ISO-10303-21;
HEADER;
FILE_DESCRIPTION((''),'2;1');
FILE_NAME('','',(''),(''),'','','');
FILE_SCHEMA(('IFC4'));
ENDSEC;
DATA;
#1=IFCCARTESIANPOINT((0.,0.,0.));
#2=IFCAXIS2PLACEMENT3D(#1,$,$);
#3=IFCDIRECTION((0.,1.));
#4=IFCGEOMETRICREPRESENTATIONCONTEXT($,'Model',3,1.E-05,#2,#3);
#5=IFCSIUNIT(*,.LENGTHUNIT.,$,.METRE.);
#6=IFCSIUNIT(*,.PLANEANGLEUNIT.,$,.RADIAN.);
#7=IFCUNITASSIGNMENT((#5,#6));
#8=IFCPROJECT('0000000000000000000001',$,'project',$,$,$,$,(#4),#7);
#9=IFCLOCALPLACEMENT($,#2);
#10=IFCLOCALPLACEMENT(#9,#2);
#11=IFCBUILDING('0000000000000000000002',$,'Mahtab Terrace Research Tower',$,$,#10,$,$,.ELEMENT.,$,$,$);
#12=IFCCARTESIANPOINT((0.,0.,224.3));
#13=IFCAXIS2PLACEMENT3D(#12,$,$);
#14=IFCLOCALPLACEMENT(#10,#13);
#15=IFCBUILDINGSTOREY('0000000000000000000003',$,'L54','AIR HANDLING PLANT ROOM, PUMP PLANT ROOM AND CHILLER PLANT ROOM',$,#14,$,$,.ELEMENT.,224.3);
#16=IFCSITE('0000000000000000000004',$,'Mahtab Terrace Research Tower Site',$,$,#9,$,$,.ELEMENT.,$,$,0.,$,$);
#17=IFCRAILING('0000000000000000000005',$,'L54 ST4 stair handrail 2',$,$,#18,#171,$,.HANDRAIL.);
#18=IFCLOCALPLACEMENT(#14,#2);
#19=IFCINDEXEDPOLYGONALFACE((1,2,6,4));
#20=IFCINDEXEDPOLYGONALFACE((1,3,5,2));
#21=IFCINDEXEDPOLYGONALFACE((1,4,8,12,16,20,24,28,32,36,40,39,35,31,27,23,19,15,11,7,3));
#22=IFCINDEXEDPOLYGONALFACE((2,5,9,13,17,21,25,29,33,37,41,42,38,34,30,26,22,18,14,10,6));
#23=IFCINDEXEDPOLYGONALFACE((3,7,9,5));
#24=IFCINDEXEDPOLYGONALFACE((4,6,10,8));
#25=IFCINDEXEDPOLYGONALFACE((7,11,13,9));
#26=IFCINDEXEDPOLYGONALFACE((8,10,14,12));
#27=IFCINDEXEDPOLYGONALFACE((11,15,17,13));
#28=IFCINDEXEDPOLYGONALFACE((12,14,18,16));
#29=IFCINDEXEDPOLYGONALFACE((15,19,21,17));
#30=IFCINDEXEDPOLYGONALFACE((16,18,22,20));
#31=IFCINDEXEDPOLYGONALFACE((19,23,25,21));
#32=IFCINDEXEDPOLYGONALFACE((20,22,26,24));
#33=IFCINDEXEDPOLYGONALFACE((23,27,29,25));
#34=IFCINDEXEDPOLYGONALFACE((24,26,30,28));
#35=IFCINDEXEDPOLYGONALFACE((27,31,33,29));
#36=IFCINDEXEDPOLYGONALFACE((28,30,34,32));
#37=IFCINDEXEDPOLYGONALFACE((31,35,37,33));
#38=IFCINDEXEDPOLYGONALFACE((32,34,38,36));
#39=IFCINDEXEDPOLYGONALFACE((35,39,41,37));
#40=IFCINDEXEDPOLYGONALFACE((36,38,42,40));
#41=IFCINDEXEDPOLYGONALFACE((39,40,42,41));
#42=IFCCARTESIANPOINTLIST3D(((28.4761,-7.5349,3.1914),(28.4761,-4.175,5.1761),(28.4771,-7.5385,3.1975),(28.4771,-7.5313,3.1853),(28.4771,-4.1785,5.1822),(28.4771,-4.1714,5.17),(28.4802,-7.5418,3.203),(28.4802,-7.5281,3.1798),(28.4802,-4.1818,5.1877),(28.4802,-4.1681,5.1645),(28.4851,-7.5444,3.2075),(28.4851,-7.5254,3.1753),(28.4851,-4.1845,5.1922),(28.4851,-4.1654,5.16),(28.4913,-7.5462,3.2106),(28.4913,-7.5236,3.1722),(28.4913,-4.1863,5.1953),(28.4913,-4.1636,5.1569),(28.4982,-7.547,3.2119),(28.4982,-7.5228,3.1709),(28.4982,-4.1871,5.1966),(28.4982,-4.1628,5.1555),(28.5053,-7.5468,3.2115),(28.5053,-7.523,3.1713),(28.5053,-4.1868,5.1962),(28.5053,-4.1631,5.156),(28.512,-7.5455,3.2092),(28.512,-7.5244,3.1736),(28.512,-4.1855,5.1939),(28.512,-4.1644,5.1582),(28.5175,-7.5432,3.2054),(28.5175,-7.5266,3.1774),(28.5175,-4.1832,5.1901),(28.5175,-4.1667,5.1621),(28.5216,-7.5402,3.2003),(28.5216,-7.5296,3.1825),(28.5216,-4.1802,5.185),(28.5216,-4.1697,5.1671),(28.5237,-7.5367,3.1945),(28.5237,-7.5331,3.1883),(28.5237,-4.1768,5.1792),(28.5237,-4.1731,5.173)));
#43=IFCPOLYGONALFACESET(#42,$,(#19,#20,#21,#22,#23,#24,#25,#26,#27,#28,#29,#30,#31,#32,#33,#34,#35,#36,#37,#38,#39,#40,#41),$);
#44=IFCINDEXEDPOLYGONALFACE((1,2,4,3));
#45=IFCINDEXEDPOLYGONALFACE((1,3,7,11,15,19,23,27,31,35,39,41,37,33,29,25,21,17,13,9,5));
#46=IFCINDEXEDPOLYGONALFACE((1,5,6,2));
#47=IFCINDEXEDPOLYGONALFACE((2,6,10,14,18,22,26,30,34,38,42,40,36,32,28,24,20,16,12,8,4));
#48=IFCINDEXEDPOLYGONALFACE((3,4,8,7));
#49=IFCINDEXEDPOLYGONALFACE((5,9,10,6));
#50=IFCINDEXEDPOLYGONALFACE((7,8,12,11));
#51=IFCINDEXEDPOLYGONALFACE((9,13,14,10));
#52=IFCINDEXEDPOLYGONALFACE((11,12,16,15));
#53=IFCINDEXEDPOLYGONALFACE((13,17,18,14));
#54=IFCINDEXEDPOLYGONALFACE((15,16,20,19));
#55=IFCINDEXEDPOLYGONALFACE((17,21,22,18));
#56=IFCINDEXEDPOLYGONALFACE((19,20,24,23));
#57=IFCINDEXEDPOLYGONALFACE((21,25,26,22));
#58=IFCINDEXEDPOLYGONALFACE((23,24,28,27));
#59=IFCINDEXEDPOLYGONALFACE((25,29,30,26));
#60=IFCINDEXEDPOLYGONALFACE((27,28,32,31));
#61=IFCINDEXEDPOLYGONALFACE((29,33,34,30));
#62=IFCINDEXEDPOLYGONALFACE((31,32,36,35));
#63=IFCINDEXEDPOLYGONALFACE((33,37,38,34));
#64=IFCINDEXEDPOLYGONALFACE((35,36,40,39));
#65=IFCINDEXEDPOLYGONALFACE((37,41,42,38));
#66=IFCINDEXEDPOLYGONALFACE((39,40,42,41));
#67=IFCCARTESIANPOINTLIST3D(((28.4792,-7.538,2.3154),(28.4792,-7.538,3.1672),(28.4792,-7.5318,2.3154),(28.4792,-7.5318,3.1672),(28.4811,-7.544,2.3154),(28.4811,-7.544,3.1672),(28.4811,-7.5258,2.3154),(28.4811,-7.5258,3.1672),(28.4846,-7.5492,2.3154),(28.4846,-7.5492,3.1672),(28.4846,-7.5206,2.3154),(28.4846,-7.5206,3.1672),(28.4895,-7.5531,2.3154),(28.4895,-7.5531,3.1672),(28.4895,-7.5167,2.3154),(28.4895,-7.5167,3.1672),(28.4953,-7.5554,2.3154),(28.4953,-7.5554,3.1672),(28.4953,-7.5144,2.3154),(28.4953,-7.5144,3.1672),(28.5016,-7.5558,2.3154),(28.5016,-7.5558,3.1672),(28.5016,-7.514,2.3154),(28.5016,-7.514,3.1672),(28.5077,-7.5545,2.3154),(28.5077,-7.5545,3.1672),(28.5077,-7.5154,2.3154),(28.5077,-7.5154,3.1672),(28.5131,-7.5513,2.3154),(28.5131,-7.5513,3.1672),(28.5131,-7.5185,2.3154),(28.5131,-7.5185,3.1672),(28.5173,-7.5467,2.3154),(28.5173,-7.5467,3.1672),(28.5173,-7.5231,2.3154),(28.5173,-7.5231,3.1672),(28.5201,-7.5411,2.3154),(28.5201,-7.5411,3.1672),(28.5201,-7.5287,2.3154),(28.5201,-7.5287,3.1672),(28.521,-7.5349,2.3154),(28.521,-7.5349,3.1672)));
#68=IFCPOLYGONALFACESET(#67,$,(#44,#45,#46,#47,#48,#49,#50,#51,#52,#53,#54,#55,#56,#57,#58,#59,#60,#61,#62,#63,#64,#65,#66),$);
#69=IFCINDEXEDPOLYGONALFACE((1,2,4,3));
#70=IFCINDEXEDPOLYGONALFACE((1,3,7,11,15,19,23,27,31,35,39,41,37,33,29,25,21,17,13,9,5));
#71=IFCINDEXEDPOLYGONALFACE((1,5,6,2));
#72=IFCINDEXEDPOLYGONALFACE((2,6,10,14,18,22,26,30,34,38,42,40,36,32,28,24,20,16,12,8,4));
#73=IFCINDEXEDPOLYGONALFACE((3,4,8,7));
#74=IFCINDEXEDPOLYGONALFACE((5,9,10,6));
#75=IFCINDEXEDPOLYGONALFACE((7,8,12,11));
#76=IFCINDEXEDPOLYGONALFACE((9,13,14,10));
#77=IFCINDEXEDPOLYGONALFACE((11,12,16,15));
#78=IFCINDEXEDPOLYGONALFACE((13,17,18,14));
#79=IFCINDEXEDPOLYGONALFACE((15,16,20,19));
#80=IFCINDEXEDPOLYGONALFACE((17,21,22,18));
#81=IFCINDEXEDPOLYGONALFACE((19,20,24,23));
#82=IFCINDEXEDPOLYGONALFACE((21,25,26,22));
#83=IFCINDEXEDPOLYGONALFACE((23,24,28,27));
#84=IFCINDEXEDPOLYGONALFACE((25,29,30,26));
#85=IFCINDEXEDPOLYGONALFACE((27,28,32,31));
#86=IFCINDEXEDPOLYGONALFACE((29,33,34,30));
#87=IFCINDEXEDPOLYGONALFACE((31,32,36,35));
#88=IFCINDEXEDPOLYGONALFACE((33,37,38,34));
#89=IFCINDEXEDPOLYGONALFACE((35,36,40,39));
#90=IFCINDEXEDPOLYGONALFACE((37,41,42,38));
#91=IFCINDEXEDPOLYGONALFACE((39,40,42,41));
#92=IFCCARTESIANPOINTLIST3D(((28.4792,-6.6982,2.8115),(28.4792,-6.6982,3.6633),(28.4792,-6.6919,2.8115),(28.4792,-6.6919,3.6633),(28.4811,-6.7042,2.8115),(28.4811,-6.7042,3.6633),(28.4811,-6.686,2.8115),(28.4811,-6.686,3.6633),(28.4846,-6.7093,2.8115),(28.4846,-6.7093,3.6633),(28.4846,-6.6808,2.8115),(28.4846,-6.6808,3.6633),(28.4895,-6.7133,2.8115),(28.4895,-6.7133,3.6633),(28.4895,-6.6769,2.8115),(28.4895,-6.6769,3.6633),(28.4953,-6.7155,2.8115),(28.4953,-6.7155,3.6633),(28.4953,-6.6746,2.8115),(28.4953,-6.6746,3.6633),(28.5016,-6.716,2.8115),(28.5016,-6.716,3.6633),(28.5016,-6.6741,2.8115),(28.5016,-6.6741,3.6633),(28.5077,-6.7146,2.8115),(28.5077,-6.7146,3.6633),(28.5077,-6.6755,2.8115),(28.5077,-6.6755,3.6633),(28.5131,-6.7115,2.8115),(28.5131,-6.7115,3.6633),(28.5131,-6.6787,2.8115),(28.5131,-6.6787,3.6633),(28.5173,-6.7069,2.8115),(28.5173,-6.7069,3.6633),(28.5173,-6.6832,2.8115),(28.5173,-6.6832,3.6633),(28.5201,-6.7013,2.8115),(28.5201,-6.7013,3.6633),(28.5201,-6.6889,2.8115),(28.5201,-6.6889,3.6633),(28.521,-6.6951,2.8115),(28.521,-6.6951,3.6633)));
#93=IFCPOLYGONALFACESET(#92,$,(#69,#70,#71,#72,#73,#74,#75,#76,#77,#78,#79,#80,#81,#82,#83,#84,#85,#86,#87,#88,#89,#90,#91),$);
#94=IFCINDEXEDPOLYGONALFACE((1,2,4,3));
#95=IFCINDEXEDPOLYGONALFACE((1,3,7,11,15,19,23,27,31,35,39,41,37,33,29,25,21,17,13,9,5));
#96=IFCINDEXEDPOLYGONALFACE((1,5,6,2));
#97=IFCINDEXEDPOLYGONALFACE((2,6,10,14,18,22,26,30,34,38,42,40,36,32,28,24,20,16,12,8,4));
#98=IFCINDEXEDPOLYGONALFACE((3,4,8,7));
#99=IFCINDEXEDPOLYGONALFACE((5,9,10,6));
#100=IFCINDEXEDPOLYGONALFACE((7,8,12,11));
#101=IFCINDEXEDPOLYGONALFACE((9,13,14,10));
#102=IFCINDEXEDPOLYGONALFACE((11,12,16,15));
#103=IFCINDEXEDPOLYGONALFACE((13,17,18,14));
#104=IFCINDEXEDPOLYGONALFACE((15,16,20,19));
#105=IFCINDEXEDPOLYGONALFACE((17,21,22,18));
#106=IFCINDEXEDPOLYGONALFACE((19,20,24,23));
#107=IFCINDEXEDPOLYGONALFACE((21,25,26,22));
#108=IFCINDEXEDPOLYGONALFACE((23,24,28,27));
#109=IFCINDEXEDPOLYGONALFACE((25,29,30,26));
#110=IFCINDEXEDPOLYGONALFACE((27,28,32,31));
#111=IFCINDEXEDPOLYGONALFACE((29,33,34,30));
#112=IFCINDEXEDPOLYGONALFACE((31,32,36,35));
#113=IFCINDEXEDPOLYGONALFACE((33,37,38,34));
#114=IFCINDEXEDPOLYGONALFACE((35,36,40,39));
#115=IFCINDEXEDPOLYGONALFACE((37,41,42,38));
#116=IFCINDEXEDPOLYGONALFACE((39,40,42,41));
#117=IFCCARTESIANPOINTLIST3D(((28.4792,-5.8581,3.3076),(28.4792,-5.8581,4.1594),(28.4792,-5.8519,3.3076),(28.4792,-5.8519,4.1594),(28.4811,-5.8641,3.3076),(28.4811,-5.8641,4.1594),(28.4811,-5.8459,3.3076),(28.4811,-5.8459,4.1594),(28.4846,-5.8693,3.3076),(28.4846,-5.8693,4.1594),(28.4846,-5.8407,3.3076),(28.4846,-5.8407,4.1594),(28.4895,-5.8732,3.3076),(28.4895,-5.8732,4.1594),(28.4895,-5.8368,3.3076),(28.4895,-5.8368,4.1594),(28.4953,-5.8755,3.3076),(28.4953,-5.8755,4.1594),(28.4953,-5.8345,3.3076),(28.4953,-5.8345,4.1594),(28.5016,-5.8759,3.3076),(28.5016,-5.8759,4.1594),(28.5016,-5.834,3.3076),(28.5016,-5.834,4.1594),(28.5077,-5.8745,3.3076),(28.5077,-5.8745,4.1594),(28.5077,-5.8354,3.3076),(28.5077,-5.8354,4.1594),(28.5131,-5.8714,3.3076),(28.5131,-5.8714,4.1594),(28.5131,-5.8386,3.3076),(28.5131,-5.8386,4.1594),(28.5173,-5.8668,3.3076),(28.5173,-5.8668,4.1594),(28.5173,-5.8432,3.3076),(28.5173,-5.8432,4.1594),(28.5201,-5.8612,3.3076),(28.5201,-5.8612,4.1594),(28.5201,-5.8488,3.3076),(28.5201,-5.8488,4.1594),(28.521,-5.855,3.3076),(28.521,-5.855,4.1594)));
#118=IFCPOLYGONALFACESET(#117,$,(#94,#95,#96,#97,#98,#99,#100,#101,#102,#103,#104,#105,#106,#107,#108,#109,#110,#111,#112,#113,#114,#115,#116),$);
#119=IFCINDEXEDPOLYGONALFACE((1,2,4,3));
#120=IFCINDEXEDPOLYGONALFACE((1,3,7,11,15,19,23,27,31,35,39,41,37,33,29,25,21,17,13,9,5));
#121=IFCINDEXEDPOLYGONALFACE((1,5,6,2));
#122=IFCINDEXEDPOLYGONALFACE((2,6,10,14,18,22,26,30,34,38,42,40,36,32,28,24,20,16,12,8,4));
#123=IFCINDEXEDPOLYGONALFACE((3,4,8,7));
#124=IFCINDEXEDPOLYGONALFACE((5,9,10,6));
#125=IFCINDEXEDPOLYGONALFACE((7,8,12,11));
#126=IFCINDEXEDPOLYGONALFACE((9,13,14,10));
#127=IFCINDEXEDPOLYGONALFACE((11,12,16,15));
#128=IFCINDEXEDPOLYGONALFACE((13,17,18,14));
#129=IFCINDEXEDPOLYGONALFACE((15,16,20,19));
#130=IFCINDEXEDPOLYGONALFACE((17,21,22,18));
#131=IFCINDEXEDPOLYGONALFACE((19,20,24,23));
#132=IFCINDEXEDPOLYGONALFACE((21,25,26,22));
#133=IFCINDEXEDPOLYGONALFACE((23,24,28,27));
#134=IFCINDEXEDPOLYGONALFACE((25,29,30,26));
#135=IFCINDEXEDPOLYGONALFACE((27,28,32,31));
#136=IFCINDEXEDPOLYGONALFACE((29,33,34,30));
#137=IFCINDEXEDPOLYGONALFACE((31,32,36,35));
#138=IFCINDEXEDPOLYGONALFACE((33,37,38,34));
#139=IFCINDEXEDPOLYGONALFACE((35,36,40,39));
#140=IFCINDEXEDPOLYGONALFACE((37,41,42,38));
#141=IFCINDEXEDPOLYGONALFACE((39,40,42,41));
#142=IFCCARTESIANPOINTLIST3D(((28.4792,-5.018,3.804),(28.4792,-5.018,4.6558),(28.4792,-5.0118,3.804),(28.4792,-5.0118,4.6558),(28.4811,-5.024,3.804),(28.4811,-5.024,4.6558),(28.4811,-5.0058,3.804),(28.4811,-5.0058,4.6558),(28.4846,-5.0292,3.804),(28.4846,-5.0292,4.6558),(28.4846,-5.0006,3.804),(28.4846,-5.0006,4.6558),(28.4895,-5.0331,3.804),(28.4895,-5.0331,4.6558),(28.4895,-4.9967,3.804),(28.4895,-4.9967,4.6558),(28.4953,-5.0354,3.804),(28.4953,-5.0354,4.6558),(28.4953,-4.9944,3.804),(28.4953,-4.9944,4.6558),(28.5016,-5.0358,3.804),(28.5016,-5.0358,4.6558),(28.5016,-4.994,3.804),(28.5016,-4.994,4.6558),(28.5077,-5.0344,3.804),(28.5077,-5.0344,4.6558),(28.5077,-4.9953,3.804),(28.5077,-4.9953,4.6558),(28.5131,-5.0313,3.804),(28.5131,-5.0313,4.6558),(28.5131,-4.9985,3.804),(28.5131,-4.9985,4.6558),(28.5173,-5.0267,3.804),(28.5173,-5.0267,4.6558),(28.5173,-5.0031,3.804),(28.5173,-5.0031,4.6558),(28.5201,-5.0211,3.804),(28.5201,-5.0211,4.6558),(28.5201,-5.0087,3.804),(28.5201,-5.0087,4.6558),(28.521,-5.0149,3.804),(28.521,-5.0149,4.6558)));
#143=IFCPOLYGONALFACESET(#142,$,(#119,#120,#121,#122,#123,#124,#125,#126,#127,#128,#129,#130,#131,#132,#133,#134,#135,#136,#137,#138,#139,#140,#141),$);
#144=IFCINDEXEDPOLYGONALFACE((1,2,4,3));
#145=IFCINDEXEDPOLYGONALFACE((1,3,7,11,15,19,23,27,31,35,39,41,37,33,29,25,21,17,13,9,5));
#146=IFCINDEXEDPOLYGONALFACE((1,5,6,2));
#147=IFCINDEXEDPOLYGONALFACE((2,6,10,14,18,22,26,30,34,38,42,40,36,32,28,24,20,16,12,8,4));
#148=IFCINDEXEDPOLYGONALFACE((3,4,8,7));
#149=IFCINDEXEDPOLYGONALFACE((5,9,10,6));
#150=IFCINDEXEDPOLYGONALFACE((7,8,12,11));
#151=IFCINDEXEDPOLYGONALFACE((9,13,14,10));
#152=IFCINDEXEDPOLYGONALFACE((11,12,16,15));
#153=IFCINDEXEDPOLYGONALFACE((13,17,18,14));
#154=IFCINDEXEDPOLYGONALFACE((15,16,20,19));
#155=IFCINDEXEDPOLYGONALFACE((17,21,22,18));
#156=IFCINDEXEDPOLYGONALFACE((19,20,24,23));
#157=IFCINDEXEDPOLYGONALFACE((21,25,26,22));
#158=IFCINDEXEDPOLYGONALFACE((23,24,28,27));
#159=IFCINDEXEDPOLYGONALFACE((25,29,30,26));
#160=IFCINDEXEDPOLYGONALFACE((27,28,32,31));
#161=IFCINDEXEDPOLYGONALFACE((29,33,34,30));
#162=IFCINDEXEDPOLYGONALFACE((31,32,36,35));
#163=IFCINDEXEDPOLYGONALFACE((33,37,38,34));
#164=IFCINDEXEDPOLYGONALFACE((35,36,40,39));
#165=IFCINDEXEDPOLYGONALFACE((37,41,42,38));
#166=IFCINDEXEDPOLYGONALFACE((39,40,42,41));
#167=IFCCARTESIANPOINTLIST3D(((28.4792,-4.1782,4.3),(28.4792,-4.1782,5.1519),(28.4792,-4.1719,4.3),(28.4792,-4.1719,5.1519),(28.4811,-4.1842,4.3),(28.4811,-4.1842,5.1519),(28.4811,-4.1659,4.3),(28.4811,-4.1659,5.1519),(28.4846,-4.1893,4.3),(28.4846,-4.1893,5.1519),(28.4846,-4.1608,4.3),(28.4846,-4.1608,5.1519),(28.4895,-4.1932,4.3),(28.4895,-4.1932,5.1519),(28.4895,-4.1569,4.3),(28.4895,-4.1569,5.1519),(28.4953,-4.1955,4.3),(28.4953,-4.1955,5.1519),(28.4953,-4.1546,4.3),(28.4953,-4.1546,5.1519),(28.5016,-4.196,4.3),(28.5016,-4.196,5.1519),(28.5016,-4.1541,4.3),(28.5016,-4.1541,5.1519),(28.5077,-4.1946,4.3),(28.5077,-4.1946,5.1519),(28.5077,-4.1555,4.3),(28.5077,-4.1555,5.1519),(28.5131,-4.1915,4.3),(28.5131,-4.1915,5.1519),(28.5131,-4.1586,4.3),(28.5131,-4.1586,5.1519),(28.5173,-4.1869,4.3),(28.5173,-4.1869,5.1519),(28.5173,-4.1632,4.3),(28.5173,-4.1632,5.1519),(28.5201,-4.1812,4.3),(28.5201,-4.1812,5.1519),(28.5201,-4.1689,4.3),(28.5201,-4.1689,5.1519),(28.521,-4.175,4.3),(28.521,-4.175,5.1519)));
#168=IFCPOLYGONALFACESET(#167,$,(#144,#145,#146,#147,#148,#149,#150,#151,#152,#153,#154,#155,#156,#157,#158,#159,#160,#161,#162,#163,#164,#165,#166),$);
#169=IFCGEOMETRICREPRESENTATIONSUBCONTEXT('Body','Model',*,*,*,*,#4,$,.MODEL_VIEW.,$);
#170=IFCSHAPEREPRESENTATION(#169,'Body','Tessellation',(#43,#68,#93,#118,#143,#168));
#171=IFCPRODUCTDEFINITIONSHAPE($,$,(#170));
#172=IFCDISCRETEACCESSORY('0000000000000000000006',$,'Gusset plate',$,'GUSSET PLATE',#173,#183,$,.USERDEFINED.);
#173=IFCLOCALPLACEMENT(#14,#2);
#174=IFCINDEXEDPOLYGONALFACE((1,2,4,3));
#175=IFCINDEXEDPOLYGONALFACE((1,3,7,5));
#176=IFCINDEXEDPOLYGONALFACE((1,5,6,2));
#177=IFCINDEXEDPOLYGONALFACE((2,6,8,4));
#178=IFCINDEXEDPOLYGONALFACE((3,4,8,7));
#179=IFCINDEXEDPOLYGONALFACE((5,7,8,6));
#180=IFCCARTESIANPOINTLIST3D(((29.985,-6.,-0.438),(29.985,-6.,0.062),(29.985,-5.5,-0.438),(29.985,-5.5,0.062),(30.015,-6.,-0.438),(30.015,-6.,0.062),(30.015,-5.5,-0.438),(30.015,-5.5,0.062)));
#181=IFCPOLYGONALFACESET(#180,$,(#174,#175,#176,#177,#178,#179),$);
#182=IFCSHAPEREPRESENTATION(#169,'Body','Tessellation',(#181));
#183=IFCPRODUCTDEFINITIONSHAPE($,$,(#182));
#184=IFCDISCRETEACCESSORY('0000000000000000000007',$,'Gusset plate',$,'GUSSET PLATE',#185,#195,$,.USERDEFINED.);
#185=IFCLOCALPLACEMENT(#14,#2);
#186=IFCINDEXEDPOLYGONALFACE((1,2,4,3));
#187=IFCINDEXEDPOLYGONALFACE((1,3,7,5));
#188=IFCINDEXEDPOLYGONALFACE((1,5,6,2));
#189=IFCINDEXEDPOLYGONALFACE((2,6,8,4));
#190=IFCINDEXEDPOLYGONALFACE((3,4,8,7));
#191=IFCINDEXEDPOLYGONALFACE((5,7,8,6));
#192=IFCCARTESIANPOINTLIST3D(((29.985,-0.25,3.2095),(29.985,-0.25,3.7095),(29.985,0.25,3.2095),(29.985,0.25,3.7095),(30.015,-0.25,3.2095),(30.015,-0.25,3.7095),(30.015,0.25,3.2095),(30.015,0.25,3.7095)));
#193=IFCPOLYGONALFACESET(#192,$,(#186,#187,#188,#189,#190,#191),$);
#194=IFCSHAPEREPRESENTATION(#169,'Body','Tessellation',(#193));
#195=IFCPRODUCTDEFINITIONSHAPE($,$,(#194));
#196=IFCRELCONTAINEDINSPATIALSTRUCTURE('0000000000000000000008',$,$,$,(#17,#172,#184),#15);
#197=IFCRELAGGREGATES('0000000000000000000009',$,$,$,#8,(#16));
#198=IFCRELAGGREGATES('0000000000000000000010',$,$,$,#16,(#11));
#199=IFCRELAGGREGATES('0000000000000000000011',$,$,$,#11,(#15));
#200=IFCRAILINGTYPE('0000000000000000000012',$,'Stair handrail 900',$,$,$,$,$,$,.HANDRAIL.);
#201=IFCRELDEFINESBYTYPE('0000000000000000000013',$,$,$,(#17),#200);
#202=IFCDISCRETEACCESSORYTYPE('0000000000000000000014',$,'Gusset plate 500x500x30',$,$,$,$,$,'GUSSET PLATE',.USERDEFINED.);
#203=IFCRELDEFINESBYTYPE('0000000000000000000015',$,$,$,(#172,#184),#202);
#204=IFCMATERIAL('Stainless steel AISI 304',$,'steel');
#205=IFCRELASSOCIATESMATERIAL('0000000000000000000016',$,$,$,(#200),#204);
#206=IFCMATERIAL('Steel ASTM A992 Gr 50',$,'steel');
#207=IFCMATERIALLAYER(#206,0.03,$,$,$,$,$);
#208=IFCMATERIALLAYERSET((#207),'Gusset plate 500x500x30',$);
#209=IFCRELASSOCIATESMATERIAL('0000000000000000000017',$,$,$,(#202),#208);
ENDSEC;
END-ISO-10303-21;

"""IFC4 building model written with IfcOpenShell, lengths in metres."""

from ifc_helpers import new_model, si_unit, direction, frame, origin, origin_2d, place, context, subcontext, project, spatial, rectangle, circle, extrude, material, layer, layer_set, type_object, element, save


model = new_model("IFC4")

# Units and contexts
model_context = context("Model", 3, precision=1e-05, world=origin(), true_north=direction((0.0, 1.0)))
body_context = subcontext(model_context, "Body", "Model", "MODEL_VIEW")
ifc_project = project(units=[si_unit("LENGTHUNIT", "METRE"), si_unit("PLANEANGLEUNIT", "RADIAN")], contexts=[model_context])

# Site, building, storey
site_placement = place(None, origin())
site = spatial("IfcSite", under=ifc_project, at=site_placement, Name="Mahtab Terrace Research Tower Site", CompositionType="ELEMENT", RefElevation=0.0)
building_placement = place(site_placement, origin())
building = spatial("IfcBuilding", under=site, at=building_placement, Name="Mahtab Terrace Research Tower", CompositionType="ELEMENT")
storey_placement = place(building_placement, frame((0.0, 0.0, 224.3)))
storey = spatial("IfcBuildingStorey", under=building, at=storey_placement, Name="L54", Description="AIR HANDLING PLANT ROOM, PUMP PLANT ROOM AND CHILLER PLANT ROOM", CompositionType="ELEMENT", Elevation=224.3)

# Shared definitions
ifc_material_1 = material(Name="Steel ASTM A992 Gr 50", Category="steel")

# Railing
ifc_material_2 = material(Name="Stainless steel AISI 304", Category="steel")
railing_type_1 = type_object("IfcRailingType", Name="Stair handrail 900", PredefinedType="HANDRAIL", material=ifc_material_2)
railing_1_placement = place(storey_placement, frame((28.5, -7.5349, 2.3154)))
element("IfcRailing", 1, at=railing_1_placement, inside=storey, type_object=railing_type_1, Name="L54 ST4 stair handrail 2", PredefinedType="HANDRAIL", context=body_context, shape_type="SweptSolid", body=[
    extrude(circle(Radius=0.0239, at=origin_2d()), frame((0.0, 0.0, 0.876), z_axis=(0.0, 0.861011, 0.508586), x_axis=(-1.0, 0.0, 0.0)), (0.0, 0.0, 1.0), 3.9023),
    extrude(circle(Radius=0.021, at=origin_2d()), origin(), (0.0, 0.0, 1.0), 0.8518),
    extrude(circle(Radius=0.021, at=origin_2d()), frame((0.0, 0.8398, 0.4961)), (0.0, 0.0, 1.0), 0.8518),
    extrude(circle(Radius=0.021, at=origin_2d()), frame((0.0, 1.6799, 0.9922)), (0.0, 0.0, 1.0), 0.8518),
    extrude(circle(Radius=0.021, at=origin_2d()), frame((0.0, 2.52, 1.4885)), (0.0, 0.0, 1.0), 0.8518),
    extrude(circle(Radius=0.021, at=origin_2d()), frame((0.0, 3.3599, 1.9846)), (0.0, 0.0, 1.0), 0.8518),
])

# Discrete accessories
ifc_layer_1 = layer(ifc_material_1, 0.03)
ifc_layer_set_1 = layer_set([ifc_layer_1], Name="Gusset plate 500x500x30")
discrete_accessory_type = type_object("IfcDiscreteAccessoryType", Name="Gusset plate 500x500x30", ElementType="GUSSET PLATE", PredefinedType="USERDEFINED", material=ifc_layer_set_1)
for number, where, z_axis, x_axis, name in (
    (2, (30.0, -5.75, -0.438), (0.0, 0.0, 1.0), (0.0, 1.0, 0.0), "Gusset plate"),
    (3, (30.0, 0.0, 3.2095), (0.0, 0.0, 1.0), (0.0, 1.0, 0.0), "Gusset plate"),
):
    element("IfcDiscreteAccessory", number, at=place(storey_placement, frame(where, z_axis=z_axis, x_axis=x_axis)), inside=storey, type_object=discrete_accessory_type, Name=name, ObjectType="GUSSET PLATE", PredefinedType="USERDEFINED", context=body_context, shape_type="SweptSolid", body=[
        extrude(rectangle(XDim=0.5, YDim=0.03, at=origin_2d()), origin(), (0.0, 0.0, 1.0), 0.5),
    ])

save(model, "model.ifc")
